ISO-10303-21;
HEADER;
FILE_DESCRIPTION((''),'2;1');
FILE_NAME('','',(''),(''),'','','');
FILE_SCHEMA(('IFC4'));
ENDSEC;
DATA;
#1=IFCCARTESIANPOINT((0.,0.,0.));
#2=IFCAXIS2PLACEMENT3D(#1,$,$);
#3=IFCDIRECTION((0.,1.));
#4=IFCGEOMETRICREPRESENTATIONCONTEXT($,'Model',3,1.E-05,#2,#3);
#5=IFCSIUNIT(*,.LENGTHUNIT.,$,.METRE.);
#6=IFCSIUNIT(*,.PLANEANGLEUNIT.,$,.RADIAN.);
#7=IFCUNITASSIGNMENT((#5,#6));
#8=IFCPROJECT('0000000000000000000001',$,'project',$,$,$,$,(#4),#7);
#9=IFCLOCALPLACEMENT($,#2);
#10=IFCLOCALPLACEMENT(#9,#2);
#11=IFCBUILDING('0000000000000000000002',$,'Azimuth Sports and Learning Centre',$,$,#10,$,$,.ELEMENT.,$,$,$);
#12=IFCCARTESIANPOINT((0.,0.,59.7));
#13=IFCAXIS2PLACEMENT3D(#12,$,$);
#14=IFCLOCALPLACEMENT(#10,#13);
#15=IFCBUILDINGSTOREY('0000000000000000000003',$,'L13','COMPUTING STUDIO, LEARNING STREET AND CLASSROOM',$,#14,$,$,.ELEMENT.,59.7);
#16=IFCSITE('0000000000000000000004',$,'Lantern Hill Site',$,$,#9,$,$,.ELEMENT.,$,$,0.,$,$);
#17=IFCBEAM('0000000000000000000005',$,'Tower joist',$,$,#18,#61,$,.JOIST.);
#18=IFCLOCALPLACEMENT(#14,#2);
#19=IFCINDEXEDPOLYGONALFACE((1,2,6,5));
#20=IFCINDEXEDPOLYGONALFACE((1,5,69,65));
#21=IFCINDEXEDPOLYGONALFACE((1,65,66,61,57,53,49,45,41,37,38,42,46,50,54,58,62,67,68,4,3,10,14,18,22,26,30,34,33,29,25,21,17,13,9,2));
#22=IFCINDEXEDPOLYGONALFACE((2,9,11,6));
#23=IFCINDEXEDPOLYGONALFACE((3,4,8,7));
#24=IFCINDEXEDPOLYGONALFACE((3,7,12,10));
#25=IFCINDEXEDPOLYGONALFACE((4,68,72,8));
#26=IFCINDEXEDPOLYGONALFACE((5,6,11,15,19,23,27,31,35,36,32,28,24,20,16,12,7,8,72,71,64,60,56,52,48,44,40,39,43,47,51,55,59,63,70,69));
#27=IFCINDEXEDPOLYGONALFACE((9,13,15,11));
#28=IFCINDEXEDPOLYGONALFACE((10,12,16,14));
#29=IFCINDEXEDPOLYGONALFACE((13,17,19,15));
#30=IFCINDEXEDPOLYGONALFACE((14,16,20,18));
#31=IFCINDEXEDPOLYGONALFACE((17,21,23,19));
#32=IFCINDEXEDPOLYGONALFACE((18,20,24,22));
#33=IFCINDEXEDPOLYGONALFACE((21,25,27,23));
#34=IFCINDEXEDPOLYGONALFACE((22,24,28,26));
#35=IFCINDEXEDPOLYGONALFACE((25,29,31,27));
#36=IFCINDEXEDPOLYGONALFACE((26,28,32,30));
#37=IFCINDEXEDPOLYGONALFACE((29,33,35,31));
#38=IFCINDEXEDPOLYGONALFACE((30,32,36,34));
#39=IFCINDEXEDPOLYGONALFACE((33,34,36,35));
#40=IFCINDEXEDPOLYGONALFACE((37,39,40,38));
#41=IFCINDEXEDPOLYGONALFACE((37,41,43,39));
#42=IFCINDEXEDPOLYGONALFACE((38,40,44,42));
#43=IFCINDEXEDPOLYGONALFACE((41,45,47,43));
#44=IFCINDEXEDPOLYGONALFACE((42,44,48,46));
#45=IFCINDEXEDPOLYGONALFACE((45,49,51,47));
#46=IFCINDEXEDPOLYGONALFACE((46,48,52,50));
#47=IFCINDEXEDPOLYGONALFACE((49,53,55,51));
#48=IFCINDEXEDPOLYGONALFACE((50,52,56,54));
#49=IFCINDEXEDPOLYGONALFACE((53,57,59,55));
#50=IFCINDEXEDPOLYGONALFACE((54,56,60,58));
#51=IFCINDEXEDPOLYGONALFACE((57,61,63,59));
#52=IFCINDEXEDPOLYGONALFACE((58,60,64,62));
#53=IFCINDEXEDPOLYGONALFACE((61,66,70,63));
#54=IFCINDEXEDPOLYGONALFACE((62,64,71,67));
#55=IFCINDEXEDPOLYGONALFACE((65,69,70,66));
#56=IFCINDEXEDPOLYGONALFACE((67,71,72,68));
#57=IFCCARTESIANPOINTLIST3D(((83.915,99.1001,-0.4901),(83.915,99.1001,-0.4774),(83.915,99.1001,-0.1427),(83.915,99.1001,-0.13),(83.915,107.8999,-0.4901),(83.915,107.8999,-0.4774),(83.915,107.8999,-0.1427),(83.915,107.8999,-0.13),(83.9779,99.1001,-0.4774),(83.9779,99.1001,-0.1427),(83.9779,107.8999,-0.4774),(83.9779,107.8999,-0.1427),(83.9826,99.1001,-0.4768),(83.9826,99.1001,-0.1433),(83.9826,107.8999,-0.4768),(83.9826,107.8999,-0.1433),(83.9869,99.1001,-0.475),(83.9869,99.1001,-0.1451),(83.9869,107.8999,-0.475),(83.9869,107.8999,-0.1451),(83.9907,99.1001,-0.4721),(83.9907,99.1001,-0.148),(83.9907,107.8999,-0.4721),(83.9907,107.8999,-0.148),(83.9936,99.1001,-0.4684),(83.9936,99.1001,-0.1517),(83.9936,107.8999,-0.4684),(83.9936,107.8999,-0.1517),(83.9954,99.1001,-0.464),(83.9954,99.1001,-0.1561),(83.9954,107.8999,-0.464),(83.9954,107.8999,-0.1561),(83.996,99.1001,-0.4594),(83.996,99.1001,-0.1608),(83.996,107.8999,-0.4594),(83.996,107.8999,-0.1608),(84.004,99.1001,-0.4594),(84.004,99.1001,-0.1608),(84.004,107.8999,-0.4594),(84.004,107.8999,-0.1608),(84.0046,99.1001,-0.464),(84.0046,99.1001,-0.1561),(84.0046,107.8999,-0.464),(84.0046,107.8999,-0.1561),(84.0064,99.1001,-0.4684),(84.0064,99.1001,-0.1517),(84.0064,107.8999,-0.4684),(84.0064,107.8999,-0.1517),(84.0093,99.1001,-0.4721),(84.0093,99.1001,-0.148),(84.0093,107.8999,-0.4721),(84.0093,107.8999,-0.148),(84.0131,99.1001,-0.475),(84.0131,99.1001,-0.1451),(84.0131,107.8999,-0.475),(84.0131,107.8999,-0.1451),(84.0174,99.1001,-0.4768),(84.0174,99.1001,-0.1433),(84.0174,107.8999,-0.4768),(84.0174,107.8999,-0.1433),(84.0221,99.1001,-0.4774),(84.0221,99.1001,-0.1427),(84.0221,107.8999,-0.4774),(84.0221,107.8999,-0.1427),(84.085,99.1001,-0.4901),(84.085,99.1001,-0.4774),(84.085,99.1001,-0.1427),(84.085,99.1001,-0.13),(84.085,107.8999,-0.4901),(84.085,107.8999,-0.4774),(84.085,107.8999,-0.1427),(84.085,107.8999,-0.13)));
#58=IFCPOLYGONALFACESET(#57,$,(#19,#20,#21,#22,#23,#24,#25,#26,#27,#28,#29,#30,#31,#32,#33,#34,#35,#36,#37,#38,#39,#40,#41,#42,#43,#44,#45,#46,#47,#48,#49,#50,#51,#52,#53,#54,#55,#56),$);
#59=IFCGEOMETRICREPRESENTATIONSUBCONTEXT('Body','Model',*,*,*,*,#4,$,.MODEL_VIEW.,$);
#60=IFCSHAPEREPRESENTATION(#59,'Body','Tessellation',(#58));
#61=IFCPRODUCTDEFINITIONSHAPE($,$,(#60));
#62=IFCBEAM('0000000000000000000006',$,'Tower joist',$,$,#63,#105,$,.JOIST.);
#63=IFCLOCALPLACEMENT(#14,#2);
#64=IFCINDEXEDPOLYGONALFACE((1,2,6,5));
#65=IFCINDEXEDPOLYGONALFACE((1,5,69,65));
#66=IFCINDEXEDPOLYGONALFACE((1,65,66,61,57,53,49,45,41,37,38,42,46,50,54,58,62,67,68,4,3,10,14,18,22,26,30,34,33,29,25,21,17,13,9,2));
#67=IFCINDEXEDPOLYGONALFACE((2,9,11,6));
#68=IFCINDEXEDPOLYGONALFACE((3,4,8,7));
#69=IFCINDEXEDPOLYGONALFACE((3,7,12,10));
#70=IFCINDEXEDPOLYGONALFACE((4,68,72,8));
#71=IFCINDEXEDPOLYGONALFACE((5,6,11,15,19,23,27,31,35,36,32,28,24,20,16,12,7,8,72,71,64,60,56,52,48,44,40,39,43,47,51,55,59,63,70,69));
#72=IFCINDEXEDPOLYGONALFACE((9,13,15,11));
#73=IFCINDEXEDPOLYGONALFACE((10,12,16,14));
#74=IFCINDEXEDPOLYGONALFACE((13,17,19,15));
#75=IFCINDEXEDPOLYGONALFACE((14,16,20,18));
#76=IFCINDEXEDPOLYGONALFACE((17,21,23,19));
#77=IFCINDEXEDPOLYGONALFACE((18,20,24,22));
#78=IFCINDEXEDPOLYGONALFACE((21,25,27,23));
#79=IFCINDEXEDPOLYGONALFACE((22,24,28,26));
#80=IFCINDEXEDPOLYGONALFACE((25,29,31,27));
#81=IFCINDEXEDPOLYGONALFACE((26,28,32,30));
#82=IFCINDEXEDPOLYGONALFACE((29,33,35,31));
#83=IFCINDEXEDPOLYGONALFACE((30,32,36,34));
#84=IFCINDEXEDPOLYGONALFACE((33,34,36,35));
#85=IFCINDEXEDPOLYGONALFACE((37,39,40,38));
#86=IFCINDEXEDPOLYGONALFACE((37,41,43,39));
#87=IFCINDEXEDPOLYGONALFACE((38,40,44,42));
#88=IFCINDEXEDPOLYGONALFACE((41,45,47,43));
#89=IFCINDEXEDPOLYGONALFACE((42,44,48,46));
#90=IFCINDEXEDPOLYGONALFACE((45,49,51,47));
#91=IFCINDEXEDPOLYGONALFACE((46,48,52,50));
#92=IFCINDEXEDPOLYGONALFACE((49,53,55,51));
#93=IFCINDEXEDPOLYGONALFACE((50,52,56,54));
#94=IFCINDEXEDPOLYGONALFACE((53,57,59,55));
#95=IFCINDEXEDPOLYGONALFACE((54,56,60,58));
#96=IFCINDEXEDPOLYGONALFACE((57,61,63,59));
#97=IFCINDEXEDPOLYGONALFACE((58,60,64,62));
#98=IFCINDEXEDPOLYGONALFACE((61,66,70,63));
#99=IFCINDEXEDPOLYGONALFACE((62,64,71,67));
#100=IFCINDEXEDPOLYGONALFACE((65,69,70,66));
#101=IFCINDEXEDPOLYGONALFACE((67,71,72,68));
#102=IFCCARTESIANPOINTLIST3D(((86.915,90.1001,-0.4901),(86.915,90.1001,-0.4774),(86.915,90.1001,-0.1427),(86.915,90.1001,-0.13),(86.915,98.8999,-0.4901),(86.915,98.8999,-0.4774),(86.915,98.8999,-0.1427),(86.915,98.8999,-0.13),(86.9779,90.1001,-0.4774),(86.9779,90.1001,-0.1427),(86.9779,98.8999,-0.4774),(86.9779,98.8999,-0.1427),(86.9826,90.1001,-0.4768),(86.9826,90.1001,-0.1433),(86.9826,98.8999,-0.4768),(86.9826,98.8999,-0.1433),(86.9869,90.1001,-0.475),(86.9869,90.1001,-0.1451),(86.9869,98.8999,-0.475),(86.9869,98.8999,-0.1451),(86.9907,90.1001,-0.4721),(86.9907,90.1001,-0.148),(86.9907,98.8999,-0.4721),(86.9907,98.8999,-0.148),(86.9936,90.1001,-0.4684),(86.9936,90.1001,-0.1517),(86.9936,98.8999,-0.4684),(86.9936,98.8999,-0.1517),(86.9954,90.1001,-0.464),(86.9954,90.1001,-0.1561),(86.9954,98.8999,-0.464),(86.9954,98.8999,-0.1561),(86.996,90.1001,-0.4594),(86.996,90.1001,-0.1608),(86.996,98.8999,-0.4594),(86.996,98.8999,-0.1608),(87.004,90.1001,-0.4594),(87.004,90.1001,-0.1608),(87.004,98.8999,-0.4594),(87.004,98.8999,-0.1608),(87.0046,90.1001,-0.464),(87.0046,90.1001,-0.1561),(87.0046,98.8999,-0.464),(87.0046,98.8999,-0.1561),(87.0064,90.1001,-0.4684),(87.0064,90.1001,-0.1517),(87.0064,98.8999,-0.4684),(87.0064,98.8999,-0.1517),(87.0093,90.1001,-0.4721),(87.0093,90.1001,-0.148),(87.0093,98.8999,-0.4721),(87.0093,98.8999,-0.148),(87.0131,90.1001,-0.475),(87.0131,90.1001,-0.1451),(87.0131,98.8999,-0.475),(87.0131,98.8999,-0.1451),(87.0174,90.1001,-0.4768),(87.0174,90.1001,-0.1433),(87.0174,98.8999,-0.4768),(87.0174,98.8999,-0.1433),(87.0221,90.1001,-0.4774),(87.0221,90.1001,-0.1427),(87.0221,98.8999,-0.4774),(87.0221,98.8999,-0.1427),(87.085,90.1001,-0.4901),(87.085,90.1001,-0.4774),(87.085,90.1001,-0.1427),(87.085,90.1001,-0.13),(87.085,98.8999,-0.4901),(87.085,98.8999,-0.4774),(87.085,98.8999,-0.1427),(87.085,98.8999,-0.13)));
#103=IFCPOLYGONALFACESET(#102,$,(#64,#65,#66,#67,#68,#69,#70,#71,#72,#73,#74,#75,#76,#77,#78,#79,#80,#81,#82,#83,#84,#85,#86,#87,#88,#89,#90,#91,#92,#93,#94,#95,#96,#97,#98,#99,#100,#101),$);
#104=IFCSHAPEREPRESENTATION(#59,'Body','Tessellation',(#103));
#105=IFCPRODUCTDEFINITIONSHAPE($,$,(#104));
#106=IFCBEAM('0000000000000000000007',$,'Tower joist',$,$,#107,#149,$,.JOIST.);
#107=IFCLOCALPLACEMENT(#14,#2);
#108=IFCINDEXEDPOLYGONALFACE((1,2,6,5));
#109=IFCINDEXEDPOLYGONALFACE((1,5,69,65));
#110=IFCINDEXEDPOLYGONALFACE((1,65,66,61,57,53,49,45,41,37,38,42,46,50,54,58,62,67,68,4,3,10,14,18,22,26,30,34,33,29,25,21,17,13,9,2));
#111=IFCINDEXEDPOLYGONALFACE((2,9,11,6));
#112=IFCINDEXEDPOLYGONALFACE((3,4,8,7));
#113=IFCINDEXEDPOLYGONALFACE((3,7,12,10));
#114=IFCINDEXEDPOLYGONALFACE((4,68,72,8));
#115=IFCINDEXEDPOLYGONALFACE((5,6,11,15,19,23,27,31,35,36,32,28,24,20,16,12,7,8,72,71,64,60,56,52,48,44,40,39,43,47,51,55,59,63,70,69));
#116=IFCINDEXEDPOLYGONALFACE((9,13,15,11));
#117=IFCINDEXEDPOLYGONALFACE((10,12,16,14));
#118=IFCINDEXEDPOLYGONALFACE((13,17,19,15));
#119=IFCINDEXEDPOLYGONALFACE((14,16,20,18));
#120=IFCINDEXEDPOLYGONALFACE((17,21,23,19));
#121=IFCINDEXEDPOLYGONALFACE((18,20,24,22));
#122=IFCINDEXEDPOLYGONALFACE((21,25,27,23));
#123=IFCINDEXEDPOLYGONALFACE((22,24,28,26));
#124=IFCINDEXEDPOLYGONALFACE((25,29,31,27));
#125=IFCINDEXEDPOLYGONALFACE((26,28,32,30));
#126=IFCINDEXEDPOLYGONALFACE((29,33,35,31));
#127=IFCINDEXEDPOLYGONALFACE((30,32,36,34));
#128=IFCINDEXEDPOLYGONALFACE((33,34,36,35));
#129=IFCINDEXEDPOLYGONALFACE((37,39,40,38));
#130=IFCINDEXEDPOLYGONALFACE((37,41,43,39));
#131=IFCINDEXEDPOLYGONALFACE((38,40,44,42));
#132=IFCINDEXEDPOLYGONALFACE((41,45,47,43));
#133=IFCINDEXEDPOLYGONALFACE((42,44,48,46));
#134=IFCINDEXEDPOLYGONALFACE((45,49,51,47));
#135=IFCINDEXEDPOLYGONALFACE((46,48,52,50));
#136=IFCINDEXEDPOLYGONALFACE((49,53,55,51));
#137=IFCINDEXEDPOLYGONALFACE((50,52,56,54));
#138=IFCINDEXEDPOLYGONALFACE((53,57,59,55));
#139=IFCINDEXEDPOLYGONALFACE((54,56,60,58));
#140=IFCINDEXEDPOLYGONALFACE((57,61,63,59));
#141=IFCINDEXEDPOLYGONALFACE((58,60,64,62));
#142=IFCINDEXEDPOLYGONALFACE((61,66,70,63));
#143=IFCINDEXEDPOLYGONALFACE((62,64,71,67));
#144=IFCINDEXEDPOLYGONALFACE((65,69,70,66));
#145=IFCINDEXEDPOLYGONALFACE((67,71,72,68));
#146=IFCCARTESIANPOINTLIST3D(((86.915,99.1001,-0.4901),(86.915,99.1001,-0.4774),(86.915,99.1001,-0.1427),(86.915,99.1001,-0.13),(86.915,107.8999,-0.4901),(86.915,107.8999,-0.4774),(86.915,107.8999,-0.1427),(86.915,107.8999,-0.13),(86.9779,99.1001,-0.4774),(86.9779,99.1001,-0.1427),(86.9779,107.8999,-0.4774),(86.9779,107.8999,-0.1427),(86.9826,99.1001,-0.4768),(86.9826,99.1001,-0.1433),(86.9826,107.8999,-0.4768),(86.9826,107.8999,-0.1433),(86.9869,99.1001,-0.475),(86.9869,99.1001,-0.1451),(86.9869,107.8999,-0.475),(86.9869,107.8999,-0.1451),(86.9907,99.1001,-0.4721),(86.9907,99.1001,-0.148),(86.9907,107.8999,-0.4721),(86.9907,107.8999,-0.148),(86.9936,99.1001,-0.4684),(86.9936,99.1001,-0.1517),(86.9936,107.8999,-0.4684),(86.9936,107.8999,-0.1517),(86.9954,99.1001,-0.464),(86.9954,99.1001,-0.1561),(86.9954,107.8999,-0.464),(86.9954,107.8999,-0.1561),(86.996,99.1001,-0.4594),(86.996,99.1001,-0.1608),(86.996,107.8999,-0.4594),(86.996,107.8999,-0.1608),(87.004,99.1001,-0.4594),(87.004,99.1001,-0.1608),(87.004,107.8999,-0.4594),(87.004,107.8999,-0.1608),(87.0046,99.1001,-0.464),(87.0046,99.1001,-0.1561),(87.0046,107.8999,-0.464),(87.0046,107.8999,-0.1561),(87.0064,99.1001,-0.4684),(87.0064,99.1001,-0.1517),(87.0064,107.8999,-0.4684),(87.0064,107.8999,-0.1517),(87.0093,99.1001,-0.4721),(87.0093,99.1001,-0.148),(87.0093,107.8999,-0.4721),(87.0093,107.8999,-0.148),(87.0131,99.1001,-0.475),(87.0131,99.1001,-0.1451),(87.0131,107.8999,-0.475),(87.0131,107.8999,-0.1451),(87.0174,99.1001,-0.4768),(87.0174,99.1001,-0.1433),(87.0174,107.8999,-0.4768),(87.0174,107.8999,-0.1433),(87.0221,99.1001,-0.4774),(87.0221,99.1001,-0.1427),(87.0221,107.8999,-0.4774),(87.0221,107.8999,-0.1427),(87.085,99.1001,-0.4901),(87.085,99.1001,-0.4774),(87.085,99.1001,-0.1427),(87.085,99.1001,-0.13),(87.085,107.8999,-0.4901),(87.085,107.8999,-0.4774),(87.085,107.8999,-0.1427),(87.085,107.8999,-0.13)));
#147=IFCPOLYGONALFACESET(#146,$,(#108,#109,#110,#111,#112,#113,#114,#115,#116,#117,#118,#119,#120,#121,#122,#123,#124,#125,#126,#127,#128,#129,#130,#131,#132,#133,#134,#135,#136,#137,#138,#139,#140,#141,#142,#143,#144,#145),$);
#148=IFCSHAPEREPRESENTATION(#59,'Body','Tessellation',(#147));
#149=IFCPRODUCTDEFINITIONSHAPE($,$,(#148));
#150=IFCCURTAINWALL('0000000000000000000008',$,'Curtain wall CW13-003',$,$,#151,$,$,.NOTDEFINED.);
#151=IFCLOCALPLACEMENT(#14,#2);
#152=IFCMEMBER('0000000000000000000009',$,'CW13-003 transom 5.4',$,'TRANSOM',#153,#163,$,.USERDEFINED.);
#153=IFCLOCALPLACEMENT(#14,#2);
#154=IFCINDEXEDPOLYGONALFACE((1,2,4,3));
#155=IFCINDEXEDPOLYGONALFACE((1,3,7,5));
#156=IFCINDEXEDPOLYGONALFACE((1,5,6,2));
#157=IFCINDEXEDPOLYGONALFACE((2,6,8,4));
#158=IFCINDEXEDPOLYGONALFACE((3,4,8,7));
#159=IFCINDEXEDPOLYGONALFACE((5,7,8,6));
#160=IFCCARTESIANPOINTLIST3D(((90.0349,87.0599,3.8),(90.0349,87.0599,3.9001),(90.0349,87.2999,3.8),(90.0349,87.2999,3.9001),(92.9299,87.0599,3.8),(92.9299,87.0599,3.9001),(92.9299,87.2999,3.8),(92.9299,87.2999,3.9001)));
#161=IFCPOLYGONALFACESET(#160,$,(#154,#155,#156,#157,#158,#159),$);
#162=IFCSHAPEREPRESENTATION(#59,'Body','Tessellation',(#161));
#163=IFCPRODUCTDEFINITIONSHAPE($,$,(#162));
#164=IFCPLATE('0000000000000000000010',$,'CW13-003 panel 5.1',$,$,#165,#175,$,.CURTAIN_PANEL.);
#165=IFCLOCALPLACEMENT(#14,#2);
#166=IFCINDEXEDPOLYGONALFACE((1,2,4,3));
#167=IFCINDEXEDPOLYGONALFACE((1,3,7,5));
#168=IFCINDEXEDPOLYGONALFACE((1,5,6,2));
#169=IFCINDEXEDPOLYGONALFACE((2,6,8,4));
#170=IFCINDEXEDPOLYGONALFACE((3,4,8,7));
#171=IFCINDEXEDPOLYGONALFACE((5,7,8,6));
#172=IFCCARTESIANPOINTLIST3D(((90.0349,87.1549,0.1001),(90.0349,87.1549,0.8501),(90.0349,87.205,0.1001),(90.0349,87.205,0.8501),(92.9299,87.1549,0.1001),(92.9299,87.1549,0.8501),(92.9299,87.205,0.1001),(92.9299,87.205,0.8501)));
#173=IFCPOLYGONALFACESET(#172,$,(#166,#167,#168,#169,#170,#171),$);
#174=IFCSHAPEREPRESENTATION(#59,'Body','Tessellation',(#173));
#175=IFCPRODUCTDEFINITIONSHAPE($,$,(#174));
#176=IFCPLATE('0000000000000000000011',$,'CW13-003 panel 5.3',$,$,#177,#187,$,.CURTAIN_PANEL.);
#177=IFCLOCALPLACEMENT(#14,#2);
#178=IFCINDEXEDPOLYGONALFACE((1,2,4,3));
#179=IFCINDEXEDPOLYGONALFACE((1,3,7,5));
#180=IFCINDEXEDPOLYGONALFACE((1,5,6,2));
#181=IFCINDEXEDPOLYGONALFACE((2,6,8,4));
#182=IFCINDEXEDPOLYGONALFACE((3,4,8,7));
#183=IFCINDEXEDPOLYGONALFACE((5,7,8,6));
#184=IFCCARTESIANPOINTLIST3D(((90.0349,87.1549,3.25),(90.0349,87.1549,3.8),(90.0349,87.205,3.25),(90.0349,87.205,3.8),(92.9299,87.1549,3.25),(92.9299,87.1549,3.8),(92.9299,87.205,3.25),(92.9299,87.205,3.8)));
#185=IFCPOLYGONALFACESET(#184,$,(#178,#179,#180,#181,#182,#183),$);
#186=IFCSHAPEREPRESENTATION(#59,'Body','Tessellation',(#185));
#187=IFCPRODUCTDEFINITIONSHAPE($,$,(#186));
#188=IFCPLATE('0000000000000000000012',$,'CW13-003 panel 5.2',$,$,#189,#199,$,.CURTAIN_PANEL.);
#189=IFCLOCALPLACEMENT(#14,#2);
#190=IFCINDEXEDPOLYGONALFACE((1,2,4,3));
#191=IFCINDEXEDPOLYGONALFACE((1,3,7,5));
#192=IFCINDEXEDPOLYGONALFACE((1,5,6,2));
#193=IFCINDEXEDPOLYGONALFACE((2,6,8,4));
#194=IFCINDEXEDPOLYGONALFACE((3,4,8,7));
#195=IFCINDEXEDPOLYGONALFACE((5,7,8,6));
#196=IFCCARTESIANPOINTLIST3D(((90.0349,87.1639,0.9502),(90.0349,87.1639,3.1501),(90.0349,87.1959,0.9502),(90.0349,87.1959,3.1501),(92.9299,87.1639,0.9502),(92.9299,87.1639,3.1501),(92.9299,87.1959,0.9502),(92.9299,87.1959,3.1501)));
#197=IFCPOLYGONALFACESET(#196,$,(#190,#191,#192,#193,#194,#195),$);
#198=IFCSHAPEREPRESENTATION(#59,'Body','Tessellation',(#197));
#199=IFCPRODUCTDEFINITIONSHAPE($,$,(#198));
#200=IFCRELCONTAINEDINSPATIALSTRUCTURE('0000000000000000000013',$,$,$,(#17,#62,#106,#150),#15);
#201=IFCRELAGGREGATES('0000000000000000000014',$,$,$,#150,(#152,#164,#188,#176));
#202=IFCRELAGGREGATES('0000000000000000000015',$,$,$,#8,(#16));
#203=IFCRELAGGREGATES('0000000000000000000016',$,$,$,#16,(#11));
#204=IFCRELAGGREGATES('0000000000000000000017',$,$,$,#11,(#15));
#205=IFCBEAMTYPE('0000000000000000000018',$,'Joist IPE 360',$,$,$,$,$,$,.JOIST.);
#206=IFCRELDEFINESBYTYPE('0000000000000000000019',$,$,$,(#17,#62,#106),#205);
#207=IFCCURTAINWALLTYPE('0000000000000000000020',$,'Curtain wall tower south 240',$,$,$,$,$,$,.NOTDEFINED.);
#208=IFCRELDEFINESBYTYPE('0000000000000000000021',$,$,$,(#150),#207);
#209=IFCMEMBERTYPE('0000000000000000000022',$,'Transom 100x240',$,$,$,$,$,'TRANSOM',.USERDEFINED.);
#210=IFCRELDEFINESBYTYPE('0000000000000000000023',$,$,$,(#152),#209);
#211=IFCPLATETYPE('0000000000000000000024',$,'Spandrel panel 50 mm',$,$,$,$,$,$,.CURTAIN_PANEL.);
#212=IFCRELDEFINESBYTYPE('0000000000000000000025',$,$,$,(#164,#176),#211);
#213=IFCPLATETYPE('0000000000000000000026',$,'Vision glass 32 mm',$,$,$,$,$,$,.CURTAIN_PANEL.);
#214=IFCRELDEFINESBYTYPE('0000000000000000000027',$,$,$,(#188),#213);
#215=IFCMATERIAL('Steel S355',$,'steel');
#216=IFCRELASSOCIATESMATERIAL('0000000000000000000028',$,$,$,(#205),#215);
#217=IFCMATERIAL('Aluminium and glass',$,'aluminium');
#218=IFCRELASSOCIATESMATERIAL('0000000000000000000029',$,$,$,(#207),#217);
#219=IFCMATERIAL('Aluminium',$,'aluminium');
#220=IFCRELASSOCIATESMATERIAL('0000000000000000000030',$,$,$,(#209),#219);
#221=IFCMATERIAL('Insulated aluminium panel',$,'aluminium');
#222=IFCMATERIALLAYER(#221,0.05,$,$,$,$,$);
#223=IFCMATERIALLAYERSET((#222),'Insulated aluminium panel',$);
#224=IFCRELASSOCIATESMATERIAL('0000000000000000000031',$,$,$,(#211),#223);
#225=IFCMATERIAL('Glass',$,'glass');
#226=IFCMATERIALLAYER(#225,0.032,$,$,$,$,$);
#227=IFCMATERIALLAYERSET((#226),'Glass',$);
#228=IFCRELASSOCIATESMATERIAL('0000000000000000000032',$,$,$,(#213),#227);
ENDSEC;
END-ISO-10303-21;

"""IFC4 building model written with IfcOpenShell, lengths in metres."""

from ifc_helpers import new_model, si_unit, direction, frame, origin, origin_2d, place, context, subcontext, project, spatial, rectangle, i_section, extrude, material, layer, layer_set, material_profile, profile_set, type_object, element, aggregate, save


model = new_model("IFC4")

# Units and contexts
model_context = context("Model", 3, precision=1e-05, world=origin(), true_north=direction((0.0, 1.0)))
body_context = subcontext(model_context, "Body", "Model", "MODEL_VIEW")
ifc_project = project(units=[si_unit("LENGTHUNIT", "METRE"), si_unit("PLANEANGLEUNIT", "RADIAN")], contexts=[model_context])

# Site, building, storey
site_placement = place(None, origin())
site = spatial("IfcSite", under=ifc_project, at=site_placement, Name="Lantern Hill Site", CompositionType="ELEMENT", RefElevation=0.0)
building_placement = place(site_placement, origin())
building = spatial("IfcBuilding", under=site, at=building_placement, Name="Azimuth Sports and Learning Centre", CompositionType="ELEMENT")
storey_placement = place(building_placement, frame((0.0, 0.0, 59.7)))
storey = spatial("IfcBuildingStorey", under=building, at=storey_placement, Name="L13", Description="COMPUTING STUDIO, LEARNING STREET AND CLASSROOM", CompositionType="ELEMENT", Elevation=59.7)

# Beams
ifc_material_1 = material(Name="Steel S355", Category="steel")
ifc_material_profile_1 = material_profile(ifc_material_1, i_section(OverallWidth=0.1699, OverallDepth=0.3601, WebThickness=0.0081, FlangeThickness=0.0127, FilletRadius=0.0181, at=origin_2d()), Name="IPE 360")
ifc_profile_set_1 = profile_set([ifc_material_profile_1], Name="Steel S355")
beam_type_1 = type_object("IfcBeamType", Name="Joist IPE 360", PredefinedType="JOIST", material=ifc_profile_set_1)
for number, where, z_axis, x_axis, name in (
    (1, (84.0, 99.1001, -0.3101), (0.0, 1.0, 0.0), (-1.0, 0.0, 0.0), "Tower joist"),
    (2, (87.0, 90.1001, -0.3101), (0.0, 1.0, 0.0), (-1.0, 0.0, 0.0), "Tower joist"),
    (3, (87.0, 99.1001, -0.3101), (0.0, 1.0, 0.0), (-1.0, 0.0, 0.0), "Tower joist"),
):
    element("IfcBeam", number, at=place(storey_placement, frame(where, z_axis=z_axis, x_axis=x_axis)), inside=storey, type_object=beam_type_1, Name=name, PredefinedType="JOIST", context=body_context, shape_type="SweptSolid", body=[
        extrude(i_section(OverallWidth=0.1699, OverallDepth=0.3601, WebThickness=0.0081, FlangeThickness=0.0127, FilletRadius=0.0181, at=origin_2d()), origin(), (0.0, 0.0, 1.0), 8.7998),
    ])

# Curtain wall, member, plates
ifc_material_2 = material(Name="Aluminium and glass", Category="aluminium")
curtain_wall_type = type_object("IfcCurtainWallType", Name="Curtain wall tower south 240", PredefinedType="NOTDEFINED", material=ifc_material_2)
curtain_wall_placement = place(storey_placement, origin())
curtain_wall = element("IfcCurtainWall", 4, at=curtain_wall_placement, inside=storey, type_object=curtain_wall_type, Name="Curtain wall CW13-003", PredefinedType="NOTDEFINED")
ifc_material_3 = material(Name="Aluminium", Category="aluminium")
ifc_material_profile_2 = material_profile(ifc_material_3, rectangle(XDim=0.24, YDim=0.1001, at=origin_2d()), Name="Transom 100x240")
ifc_profile_set_2 = profile_set([ifc_material_profile_2], Name="Aluminium")
member_type = type_object("IfcMemberType", Name="Transom 100x240", ElementType="TRANSOM", PredefinedType="USERDEFINED", material=ifc_profile_set_2)
member_placement = place(storey_placement, frame((90.0349, 87.1799, 3.8501), z_axis=(1.0, 0.0, 0.0), x_axis=(0.0, 1.0, 0.0)))
member = element("IfcMember", 5, at=member_placement, type_object=member_type, Name="CW13-003 transom 5.4", ObjectType="TRANSOM", PredefinedType="USERDEFINED", context=body_context, shape_type="SweptSolid", body=[
    extrude(rectangle(XDim=0.24, YDim=0.1001, at=origin_2d()), origin(), (0.0, 0.0, 1.0), 2.895),
])
ifc_material_4 = material(Name="Insulated aluminium panel", Category="aluminium")
ifc_layer_1 = layer(ifc_material_4, 0.05)
ifc_layer_set_1 = layer_set([ifc_layer_1], Name="Insulated aluminium panel")
plate_type_1 = type_object("IfcPlateType", Name="Spandrel panel 50 mm", PredefinedType="CURTAIN_PANEL", material=ifc_layer_set_1)
plate_1_placement = place(storey_placement, frame((91.4824, 87.1799, 0.1001), z_axis=(0.0, 0.0, 1.0), x_axis=(1.0, 0.0, 0.0)))
plate_1 = element("IfcPlate", 6, at=plate_1_placement, type_object=plate_type_1, Name="CW13-003 panel 5.1", PredefinedType="CURTAIN_PANEL", context=body_context, shape_type="SweptSolid", body=[
    extrude(rectangle(XDim=2.895, YDim=0.05, at=origin_2d()), origin(), (0.0, 0.0, 1.0), 0.75),
])
plate_2_placement = place(storey_placement, frame((91.4824, 87.1799, 3.25), z_axis=(0.0, 0.0, 1.0), x_axis=(1.0, 0.0, 0.0)))
plate_2 = element("IfcPlate", 7, at=plate_2_placement, type_object=plate_type_1, Name="CW13-003 panel 5.3", PredefinedType="CURTAIN_PANEL", context=body_context, shape_type="SweptSolid", body=[
    extrude(rectangle(XDim=2.895, YDim=0.05, at=origin_2d()), origin(), (0.0, 0.0, 1.0), 0.55),
])
ifc_material_5 = material(Name="Glass", Category="glass")
ifc_layer_2 = layer(ifc_material_5, 0.032)
ifc_layer_set_2 = layer_set([ifc_layer_2], Name="Glass")
plate_type_2 = type_object("IfcPlateType", Name="Vision glass 32 mm", PredefinedType="CURTAIN_PANEL", material=ifc_layer_set_2)
plate_3_placement = place(storey_placement, frame((91.4824, 87.1799, 0.9502), z_axis=(0.0, 0.0, 1.0), x_axis=(1.0, 0.0, 0.0)))
plate_3 = element("IfcPlate", 8, at=plate_3_placement, type_object=plate_type_2, Name="CW13-003 panel 5.2", PredefinedType="CURTAIN_PANEL", context=body_context, shape_type="SweptSolid", body=[
    extrude(rectangle(XDim=2.895, YDim=0.032, at=origin_2d()), origin(), (0.0, 0.0, 1.0), 2.2),
])
aggregate(curtain_wall, [member, plate_1, plate_3, plate_2])

save(model, "model.ifc")
